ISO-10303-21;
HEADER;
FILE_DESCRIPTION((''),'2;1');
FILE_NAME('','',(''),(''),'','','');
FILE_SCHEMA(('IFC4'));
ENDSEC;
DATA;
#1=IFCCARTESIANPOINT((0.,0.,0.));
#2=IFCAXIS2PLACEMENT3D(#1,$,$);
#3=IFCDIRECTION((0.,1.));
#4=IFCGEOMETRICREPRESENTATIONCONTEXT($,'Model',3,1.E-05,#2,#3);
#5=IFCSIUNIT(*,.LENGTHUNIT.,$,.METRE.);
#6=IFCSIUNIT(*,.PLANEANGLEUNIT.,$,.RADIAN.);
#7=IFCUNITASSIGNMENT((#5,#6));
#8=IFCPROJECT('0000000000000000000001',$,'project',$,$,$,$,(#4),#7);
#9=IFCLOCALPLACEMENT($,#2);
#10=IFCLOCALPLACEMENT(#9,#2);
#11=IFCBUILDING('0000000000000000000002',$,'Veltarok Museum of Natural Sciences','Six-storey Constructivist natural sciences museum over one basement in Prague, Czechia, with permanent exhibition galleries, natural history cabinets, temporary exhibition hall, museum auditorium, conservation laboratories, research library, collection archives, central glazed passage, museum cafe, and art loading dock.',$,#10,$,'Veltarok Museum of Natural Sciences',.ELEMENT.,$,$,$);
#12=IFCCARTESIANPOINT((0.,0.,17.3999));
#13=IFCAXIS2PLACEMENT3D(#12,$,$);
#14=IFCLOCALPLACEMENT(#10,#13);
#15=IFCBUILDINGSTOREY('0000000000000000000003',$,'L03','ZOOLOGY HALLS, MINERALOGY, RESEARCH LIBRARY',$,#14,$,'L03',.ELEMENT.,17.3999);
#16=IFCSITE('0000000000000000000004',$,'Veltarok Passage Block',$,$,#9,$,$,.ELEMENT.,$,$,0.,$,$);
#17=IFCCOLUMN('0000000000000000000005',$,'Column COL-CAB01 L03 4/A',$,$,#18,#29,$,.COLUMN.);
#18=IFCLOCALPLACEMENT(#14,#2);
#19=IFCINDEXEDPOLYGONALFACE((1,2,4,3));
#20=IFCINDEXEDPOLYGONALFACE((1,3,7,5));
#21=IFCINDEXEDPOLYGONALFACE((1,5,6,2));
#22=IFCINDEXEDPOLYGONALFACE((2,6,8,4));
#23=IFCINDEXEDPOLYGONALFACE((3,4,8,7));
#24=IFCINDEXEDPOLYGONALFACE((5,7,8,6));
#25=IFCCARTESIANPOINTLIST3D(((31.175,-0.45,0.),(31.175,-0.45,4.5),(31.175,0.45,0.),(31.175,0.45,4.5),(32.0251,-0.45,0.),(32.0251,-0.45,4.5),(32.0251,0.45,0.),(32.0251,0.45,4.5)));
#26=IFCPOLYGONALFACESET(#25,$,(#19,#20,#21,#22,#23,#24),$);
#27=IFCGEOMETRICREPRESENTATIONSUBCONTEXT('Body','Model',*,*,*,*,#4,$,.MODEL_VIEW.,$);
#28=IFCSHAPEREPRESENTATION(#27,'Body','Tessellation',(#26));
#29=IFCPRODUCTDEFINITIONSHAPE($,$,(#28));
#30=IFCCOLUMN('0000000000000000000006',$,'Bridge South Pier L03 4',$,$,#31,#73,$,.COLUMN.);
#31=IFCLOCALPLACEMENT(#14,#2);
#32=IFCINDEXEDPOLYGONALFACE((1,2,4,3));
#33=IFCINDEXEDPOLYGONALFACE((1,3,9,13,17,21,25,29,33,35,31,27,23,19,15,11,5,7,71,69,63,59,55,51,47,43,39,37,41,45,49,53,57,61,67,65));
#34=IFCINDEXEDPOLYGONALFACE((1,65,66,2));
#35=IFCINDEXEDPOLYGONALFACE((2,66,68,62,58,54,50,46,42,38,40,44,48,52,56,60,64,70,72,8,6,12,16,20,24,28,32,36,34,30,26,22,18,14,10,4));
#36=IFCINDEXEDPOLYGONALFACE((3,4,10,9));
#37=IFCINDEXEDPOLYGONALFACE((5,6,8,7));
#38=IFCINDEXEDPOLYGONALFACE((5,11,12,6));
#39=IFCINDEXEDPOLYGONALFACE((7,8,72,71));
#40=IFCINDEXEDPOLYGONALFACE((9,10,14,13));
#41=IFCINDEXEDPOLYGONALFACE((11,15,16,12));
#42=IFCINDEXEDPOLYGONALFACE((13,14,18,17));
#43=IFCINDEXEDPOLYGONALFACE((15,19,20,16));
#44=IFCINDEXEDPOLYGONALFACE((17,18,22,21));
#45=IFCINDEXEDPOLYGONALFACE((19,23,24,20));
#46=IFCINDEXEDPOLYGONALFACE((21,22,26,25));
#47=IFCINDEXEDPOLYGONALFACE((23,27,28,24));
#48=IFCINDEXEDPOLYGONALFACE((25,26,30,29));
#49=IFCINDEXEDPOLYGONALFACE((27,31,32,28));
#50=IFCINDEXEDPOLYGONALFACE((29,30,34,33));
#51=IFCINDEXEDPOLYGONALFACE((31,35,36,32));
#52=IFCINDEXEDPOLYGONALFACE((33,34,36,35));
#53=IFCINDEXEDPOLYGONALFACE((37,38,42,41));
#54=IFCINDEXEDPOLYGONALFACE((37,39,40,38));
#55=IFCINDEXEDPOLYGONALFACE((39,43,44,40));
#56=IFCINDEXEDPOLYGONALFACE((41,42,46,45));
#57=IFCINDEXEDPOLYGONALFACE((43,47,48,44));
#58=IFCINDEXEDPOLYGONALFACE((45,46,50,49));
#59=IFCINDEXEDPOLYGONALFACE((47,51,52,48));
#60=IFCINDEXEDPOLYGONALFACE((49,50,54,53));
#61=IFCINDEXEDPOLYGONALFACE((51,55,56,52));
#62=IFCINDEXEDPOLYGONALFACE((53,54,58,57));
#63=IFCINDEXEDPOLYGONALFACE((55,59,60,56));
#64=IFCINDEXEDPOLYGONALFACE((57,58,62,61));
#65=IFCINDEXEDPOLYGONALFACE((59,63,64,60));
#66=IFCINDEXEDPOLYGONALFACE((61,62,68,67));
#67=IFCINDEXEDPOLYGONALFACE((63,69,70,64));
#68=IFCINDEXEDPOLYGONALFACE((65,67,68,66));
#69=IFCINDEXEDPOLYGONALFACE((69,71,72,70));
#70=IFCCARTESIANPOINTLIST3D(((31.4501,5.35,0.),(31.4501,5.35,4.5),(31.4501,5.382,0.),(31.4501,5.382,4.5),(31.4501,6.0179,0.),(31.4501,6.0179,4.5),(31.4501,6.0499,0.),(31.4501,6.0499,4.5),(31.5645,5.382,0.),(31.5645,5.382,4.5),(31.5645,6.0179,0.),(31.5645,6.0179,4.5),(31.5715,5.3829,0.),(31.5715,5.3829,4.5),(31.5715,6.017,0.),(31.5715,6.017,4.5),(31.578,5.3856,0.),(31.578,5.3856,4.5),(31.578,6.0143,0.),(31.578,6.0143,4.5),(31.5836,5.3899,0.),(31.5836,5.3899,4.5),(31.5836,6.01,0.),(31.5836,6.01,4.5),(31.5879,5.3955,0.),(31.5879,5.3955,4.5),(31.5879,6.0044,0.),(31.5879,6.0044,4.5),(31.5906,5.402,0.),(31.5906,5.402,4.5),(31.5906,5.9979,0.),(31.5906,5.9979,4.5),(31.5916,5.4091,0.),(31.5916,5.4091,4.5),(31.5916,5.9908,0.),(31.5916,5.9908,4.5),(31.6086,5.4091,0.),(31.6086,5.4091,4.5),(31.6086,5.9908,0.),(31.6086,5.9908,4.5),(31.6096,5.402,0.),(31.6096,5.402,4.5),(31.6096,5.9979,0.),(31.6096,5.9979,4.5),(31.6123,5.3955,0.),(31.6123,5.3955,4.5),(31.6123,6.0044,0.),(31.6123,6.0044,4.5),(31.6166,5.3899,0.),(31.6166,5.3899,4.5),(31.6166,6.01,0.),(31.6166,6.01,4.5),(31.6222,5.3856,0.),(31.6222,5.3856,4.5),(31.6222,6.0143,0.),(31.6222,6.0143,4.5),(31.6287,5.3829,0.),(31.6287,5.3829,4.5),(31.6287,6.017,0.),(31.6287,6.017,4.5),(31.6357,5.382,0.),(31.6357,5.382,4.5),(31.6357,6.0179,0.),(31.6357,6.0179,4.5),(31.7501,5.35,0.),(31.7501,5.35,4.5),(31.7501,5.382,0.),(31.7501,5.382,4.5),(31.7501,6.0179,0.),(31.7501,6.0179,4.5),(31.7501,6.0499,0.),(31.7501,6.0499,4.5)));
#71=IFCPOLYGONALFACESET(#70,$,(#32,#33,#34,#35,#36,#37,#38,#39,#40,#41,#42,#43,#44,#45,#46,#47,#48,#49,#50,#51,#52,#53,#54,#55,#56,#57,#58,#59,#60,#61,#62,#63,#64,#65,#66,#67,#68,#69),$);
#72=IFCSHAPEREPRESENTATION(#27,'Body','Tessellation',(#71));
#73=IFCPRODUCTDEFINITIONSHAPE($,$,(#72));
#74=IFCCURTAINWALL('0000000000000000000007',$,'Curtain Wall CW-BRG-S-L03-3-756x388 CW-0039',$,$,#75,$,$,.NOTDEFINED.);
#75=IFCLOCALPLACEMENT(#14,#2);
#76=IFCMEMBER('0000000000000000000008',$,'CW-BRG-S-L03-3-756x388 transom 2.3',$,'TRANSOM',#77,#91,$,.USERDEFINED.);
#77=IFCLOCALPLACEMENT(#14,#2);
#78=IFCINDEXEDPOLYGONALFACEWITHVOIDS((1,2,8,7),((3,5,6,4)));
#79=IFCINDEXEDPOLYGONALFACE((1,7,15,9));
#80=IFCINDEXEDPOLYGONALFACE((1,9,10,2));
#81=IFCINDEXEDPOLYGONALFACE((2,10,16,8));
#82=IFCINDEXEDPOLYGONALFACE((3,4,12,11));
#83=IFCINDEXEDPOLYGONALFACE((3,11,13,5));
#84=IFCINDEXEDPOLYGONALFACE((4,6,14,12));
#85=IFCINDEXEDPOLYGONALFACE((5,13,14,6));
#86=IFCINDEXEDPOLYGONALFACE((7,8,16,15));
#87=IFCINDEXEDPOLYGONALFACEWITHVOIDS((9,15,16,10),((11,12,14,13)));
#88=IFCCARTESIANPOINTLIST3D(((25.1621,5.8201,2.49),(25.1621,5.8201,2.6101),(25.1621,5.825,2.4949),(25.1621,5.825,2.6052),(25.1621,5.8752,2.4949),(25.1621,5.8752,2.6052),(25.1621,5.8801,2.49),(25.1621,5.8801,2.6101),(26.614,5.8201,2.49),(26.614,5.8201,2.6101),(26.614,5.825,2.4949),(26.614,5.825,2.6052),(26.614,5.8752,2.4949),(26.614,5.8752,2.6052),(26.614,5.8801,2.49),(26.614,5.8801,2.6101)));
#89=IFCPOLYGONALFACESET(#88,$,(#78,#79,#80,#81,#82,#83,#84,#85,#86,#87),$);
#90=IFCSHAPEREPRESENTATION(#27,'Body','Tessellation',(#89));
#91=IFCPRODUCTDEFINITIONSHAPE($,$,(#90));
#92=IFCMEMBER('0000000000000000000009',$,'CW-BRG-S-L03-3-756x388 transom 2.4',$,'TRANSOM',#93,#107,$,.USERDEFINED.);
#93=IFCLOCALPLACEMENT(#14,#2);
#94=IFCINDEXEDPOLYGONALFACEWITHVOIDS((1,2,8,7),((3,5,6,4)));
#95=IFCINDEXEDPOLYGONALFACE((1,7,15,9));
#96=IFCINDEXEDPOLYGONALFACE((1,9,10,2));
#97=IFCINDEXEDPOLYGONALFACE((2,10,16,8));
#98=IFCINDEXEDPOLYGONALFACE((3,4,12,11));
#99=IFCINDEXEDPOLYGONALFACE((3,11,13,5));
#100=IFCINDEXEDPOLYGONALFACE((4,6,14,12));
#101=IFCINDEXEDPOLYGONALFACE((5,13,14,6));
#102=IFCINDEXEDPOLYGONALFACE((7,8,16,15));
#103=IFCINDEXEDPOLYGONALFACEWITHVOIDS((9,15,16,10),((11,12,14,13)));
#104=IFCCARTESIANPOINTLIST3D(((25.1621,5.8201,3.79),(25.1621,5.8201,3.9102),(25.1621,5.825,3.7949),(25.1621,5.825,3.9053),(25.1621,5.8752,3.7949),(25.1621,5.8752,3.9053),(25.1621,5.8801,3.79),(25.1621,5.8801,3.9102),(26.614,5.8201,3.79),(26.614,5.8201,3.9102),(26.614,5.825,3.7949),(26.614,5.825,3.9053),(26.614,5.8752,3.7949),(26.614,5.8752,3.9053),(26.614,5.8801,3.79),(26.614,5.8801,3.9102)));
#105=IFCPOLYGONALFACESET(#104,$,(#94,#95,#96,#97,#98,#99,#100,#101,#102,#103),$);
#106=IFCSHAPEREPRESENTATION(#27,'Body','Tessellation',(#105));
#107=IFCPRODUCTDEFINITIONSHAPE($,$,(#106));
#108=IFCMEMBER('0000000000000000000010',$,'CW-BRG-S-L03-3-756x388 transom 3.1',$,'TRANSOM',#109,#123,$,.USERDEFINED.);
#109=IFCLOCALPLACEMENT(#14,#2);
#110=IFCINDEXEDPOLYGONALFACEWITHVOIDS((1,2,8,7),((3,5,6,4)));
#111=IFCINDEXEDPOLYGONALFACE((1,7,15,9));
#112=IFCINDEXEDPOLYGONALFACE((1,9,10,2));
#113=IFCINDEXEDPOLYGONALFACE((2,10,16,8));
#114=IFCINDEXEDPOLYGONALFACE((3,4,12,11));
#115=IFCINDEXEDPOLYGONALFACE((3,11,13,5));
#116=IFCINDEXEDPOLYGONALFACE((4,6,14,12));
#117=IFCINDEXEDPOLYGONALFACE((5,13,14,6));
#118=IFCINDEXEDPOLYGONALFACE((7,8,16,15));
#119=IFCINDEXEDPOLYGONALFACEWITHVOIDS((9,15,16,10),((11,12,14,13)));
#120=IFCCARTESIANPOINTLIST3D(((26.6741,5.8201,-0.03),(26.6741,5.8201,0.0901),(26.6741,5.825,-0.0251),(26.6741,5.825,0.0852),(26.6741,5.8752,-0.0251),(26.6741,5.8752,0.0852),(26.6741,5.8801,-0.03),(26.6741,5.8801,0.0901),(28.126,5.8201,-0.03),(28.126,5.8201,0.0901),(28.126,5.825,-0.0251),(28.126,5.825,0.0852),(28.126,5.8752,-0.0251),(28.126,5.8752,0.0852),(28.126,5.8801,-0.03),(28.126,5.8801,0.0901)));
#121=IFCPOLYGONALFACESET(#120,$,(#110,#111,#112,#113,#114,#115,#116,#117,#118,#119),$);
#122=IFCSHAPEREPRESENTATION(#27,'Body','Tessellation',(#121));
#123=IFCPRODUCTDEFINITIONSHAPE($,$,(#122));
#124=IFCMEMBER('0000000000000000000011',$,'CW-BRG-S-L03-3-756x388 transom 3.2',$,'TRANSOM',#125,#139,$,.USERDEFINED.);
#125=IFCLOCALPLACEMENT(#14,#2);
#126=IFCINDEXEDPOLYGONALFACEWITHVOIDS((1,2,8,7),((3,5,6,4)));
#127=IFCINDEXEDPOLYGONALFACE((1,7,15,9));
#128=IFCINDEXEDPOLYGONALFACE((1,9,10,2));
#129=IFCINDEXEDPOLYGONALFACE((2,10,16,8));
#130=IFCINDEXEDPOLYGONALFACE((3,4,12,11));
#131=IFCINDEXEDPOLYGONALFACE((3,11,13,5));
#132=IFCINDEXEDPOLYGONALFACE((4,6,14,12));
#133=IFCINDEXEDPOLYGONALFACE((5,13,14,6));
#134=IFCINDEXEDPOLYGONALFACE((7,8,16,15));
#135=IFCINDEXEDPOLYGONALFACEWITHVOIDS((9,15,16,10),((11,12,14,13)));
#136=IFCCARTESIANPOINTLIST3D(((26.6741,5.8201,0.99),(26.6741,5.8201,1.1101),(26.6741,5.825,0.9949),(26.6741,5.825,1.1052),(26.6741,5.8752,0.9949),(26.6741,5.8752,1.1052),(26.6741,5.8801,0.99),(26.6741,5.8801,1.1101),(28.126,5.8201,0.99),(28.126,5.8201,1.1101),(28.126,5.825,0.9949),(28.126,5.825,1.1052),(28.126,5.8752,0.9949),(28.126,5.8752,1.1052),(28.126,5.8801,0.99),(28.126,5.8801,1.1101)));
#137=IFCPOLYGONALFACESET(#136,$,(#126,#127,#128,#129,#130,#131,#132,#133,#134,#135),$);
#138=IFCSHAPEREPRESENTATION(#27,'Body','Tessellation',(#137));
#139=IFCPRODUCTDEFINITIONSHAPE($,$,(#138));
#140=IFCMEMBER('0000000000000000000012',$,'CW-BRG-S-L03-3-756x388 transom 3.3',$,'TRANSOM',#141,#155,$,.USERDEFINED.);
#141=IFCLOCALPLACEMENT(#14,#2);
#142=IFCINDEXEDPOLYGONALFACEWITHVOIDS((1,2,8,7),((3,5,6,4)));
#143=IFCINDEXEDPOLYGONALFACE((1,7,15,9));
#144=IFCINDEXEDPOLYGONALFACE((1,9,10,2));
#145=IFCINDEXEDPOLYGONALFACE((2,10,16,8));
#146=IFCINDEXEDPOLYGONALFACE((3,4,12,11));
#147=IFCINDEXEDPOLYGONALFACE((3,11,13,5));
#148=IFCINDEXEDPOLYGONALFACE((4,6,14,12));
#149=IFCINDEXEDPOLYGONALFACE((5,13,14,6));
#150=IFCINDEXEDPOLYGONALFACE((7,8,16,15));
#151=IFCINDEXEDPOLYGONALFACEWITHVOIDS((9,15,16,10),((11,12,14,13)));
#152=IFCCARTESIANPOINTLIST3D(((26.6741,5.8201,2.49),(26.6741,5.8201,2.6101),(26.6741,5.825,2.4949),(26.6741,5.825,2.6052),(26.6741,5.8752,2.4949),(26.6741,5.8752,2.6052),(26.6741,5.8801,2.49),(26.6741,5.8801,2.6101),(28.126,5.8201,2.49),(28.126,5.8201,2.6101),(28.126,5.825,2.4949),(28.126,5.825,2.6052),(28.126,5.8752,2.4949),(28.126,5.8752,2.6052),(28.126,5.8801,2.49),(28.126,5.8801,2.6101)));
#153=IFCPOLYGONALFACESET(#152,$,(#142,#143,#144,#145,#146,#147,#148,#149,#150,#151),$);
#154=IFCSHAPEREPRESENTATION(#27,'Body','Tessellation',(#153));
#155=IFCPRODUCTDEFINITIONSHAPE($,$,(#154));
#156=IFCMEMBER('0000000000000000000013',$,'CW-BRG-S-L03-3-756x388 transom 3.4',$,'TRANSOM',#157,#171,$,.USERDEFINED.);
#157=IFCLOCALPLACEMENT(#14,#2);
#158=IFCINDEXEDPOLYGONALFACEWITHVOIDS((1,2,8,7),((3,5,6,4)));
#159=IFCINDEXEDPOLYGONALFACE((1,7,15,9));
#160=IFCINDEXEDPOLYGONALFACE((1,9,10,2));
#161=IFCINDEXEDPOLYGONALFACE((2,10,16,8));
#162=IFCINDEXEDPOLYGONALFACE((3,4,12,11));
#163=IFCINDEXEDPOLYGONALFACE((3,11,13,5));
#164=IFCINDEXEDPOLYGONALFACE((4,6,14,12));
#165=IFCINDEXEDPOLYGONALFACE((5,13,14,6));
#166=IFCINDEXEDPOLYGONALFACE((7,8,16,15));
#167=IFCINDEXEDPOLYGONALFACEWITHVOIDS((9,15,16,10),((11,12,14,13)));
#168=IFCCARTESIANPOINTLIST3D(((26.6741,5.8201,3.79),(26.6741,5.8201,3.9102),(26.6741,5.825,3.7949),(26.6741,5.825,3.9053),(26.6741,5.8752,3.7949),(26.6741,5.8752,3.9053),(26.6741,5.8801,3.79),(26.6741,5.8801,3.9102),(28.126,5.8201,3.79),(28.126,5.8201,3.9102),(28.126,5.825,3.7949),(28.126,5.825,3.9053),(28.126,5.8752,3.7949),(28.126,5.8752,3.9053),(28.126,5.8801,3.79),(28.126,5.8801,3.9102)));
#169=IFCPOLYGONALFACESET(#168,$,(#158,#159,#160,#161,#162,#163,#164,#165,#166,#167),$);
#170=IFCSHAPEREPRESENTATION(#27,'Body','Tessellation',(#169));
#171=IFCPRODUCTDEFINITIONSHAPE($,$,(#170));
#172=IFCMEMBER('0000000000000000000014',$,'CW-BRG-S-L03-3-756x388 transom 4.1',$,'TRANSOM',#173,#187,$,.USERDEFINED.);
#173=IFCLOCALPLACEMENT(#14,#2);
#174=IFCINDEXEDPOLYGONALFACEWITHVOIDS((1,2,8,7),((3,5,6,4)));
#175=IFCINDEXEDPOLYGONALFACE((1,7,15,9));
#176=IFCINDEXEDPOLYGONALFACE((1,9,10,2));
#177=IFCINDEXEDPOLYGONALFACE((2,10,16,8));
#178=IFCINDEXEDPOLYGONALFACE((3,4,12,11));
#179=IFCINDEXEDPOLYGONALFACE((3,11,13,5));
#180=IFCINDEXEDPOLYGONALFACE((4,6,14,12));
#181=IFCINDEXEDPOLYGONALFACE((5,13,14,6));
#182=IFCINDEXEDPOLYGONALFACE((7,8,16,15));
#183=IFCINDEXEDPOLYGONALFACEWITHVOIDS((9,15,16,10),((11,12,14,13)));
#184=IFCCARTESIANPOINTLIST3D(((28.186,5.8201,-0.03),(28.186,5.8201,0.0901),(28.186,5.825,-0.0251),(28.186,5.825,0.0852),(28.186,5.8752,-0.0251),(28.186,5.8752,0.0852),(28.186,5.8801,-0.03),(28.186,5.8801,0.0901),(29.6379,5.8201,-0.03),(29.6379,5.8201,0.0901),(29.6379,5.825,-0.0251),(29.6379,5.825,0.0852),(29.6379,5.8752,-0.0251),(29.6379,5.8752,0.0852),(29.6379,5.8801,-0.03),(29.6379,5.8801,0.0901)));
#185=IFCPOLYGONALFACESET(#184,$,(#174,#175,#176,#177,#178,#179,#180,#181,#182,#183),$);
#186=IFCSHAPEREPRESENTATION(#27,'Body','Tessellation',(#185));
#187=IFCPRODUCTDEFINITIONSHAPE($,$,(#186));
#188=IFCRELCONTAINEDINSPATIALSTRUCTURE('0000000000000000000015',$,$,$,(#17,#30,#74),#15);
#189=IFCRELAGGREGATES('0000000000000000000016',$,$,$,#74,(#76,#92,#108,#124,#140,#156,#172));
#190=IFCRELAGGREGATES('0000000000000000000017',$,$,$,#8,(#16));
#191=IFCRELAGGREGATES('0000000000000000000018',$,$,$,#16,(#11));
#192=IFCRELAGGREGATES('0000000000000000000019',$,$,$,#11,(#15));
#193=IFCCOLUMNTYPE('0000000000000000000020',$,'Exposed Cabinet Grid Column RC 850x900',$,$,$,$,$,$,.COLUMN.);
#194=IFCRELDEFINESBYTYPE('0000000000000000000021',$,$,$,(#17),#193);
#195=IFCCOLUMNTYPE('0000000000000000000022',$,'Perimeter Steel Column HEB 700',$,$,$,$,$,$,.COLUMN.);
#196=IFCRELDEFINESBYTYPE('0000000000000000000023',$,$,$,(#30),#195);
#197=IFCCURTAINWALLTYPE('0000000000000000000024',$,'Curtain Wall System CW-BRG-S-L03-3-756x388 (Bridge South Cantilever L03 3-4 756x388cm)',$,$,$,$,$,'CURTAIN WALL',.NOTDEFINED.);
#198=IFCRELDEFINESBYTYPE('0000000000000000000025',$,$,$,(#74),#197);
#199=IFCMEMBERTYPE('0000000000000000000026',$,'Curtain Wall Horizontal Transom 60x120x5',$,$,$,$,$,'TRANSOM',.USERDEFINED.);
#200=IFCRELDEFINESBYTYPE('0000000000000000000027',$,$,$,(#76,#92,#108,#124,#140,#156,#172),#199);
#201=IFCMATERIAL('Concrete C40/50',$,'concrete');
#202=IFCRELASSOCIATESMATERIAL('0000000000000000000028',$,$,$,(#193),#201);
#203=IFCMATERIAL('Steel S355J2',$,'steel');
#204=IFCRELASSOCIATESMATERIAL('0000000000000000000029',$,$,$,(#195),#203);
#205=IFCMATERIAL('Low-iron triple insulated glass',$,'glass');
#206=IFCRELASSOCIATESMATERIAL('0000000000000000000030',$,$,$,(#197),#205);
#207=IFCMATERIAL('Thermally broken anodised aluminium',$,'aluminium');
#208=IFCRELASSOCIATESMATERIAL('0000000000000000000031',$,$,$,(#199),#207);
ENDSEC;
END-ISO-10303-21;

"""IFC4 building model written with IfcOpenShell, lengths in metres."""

from ifc_helpers import new_model, si_unit, direction, frame, origin, origin_2d, place, context, subcontext, project, spatial, rectangle, hollow_rectangle, i_section, extrude, material, material_profile, profile_set, type_object, element, aggregate, save


model = new_model("IFC4")

# Units and contexts
model_context = context("Model", 3, precision=1e-05, world=origin(), true_north=direction((0.0, 1.0)))
body_context = subcontext(model_context, "Body", "Model", "MODEL_VIEW")
ifc_project = project(units=[si_unit("LENGTHUNIT", "METRE"), si_unit("PLANEANGLEUNIT", "RADIAN")], contexts=[model_context])

# Site, building, storey
site_placement = place(None, origin())
site = spatial("IfcSite", under=ifc_project, at=site_placement, Name="Veltarok Passage Block", CompositionType="ELEMENT", RefElevation=0.0)
building_placement = place(site_placement, origin())
building = spatial("IfcBuilding", under=site, at=building_placement, Name="Veltarok Museum of Natural Sciences", Description="Six-storey Constructivist natural sciences museum over one basement in Prague, Czechia, with permanent exhibition galleries, natural history cabinets, temporary exhibition hall, museum auditorium, conservation laboratories, research library, collection archives, central glazed passage, museum cafe, and art loading dock.", LongName="Veltarok Museum of Natural Sciences", CompositionType="ELEMENT")
storey_placement = place(building_placement, frame((0.0, 0.0, 17.3999)))
storey = spatial("IfcBuildingStorey", under=building, at=storey_placement, Name="L03", Description="ZOOLOGY HALLS, MINERALOGY, RESEARCH LIBRARY", LongName="L03", CompositionType="ELEMENT", Elevation=17.3999)

# Columns
ifc_material_1 = material(Name="Concrete C40/50", Category="concrete")
ifc_material_profile_1 = material_profile(ifc_material_1, rectangle(XDim=0.8501, YDim=0.8999, at=origin_2d()), Name="RC 850x900")
ifc_profile_set_1 = profile_set([ifc_material_profile_1], Name="Concrete C40/50")
column_type_1 = type_object("IfcColumnType", Name="Exposed Cabinet Grid Column RC 850x900", PredefinedType="COLUMN", material=ifc_profile_set_1)
column_1_placement = place(storey_placement, frame((31.6001, 0.0, 0.0), z_axis=(0.0, 0.0, 1.0), x_axis=(1.0, 0.0, 0.0)))
element("IfcColumn", 1, at=column_1_placement, inside=storey, type_object=column_type_1, Name="Column COL-CAB01 L03 4/A", PredefinedType="COLUMN", context=body_context, shape_type="SweptSolid", body=[
    extrude(rectangle(XDim=0.8501, YDim=0.8999, at=origin_2d()), origin(), (0.0, 0.0, 1.0), 4.5),
])
ifc_material_2 = material(Name="Steel S355J2", Category="steel")
ifc_material_profile_2 = material_profile(ifc_material_2, i_section(OverallWidth=0.3, OverallDepth=0.7, WebThickness=0.0171, FlangeThickness=0.032, FilletRadius=0.0271, at=origin_2d()), Name="HEB 700")
ifc_profile_set_2 = profile_set([ifc_material_profile_2], Name="Steel S355J2")
column_type_2 = type_object("IfcColumnType", Name="Perimeter Steel Column HEB 700", PredefinedType="COLUMN", material=ifc_profile_set_2)
column_2_placement = place(storey_placement, frame((31.6001, 5.7, 0.0), z_axis=(0.0, 0.0, 1.0), x_axis=(1.0, 0.0, 0.0)))
element("IfcColumn", 2, at=column_2_placement, inside=storey, type_object=column_type_2, Name="Bridge South Pier L03 4", PredefinedType="COLUMN", context=body_context, shape_type="SweptSolid", body=[
    extrude(i_section(OverallWidth=0.3, OverallDepth=0.7, WebThickness=0.0171, FlangeThickness=0.032, FilletRadius=0.0271, at=origin_2d()), origin(), (0.0, 0.0, 1.0), 4.5),
])

# Curtain wall, members
ifc_material_3 = material(Name="Low-iron triple insulated glass", Category="glass")
curtain_wall_type = type_object("IfcCurtainWallType", Name="Curtain Wall System CW-BRG-S-L03-3-756x388 (Bridge South Cantilever L03 3-4 756x388cm)", ElementType="CURTAIN WALL", PredefinedType="NOTDEFINED", material=ifc_material_3)
curtain_wall_placement = place(storey_placement, origin())
curtain_wall = element("IfcCurtainWall", 3, at=curtain_wall_placement, inside=storey, type_object=curtain_wall_type, Name="Curtain Wall CW-BRG-S-L03-3-756x388 CW-0039", PredefinedType="NOTDEFINED")
ifc_material_4 = material(Name="Thermally broken anodised aluminium", Category="aluminium")
ifc_material_profile_3 = material_profile(ifc_material_4, hollow_rectangle(XDim=0.0601, YDim=0.1201, WallThickness=0.0049, at=origin_2d()), Name="CW TRANSOM 60x120x5")
ifc_profile_set_3 = profile_set([ifc_material_profile_3], Name="Thermally broken anodised aluminium")
member_type_1 = type_object("IfcMemberType", Name="Curtain Wall Horizontal Transom 60x120x5", ElementType="TRANSOM", PredefinedType="USERDEFINED", material=ifc_profile_set_3)
member_1_placement = place(storey_placement, frame((25.1621, 5.8501, 2.55), z_axis=(1.0, 0.0, 0.0), x_axis=(0.0, 1.0, 0.0)))
member_1 = element("IfcMember", 4, at=member_1_placement, type_object=member_type_1, Name="CW-BRG-S-L03-3-756x388 transom 2.3", ObjectType="TRANSOM", PredefinedType="USERDEFINED", context=body_context, shape_type="SweptSolid", body=[
    extrude(hollow_rectangle(XDim=0.0601, YDim=0.1201, WallThickness=0.0049, at=origin_2d()), origin(), (0.0, 0.0, 1.0), 1.4519),
])
member_2_placement = place(storey_placement, frame((25.1621, 5.8501, 3.8501), z_axis=(1.0, 0.0, 0.0), x_axis=(0.0, 1.0, 0.0)))
member_2 = element("IfcMember", 5, at=member_2_placement, type_object=member_type_1, Name="CW-BRG-S-L03-3-756x388 transom 2.4", ObjectType="TRANSOM", PredefinedType="USERDEFINED", context=body_context, shape_type="SweptSolid", body=[
    extrude(hollow_rectangle(XDim=0.0601, YDim=0.1201, WallThickness=0.0049, at=origin_2d()), origin(), (0.0, 0.0, 1.0), 1.4519),
])
member_3_placement = place(storey_placement, frame((26.6741, 5.8501, 0.03), z_axis=(1.0, 0.0, 0.0), x_axis=(0.0, 1.0, 0.0)))
member_3 = element("IfcMember", 6, at=member_3_placement, type_object=member_type_1, Name="CW-BRG-S-L03-3-756x388 transom 3.1", ObjectType="TRANSOM", PredefinedType="USERDEFINED", context=body_context, shape_type="SweptSolid", body=[
    extrude(hollow_rectangle(XDim=0.0601, YDim=0.1201, WallThickness=0.0049, at=origin_2d()), origin(), (0.0, 0.0, 1.0), 1.4519),
])
member_4_placement = place(storey_placement, frame((26.6741, 5.8501, 1.05), z_axis=(1.0, 0.0, 0.0), x_axis=(0.0, 1.0, 0.0)))
member_4 = element("IfcMember", 7, at=member_4_placement, type_object=member_type_1, Name="CW-BRG-S-L03-3-756x388 transom 3.2", ObjectType="TRANSOM", PredefinedType="USERDEFINED", context=body_context, shape_type="SweptSolid", body=[
    extrude(hollow_rectangle(XDim=0.0601, YDim=0.1201, WallThickness=0.0049, at=origin_2d()), origin(), (0.0, 0.0, 1.0), 1.4519),
])
member_5_placement = place(storey_placement, frame((26.6741, 5.8501, 2.55), z_axis=(1.0, 0.0, 0.0), x_axis=(0.0, 1.0, 0.0)))
member_5 = element("IfcMember", 8, at=member_5_placement, type_object=member_type_1, Name="CW-BRG-S-L03-3-756x388 transom 3.3", ObjectType="TRANSOM", PredefinedType="USERDEFINED", context=body_context, shape_type="SweptSolid", body=[
    extrude(hollow_rectangle(XDim=0.0601, YDim=0.1201, WallThickness=0.0049, at=origin_2d()), origin(), (0.0, 0.0, 1.0), 1.4519),
])
member_6_placement = place(storey_placement, frame((26.6741, 5.8501, 3.8501), z_axis=(1.0, 0.0, 0.0), x_axis=(0.0, 1.0, 0.0)))
member_6 = element("IfcMember", 9, at=member_6_placement, type_object=member_type_1, Name="CW-BRG-S-L03-3-756x388 transom 3.4", ObjectType="TRANSOM", PredefinedType="USERDEFINED", context=body_context, shape_type="SweptSolid", body=[
    extrude(hollow_rectangle(XDim=0.0601, YDim=0.1201, WallThickness=0.0049, at=origin_2d()), origin(), (0.0, 0.0, 1.0), 1.4519),
])
member_7_placement = place(storey_placement, frame((28.186, 5.8501, 0.03), z_axis=(1.0, 0.0, 0.0), x_axis=(0.0, 1.0, 0.0)))
member_7 = element("IfcMember", 10, at=member_7_placement, type_object=member_type_1, Name="CW-BRG-S-L03-3-756x388 transom 4.1", ObjectType="TRANSOM", PredefinedType="USERDEFINED", context=body_context, shape_type="SweptSolid", body=[
    extrude(hollow_rectangle(XDim=0.0601, YDim=0.1201, WallThickness=0.0049, at=origin_2d()), origin(), (0.0, 0.0, 1.0), 1.4519),
])

aggregate(curtain_wall, [member_1, member_2, member_3, member_4, member_5, member_6, member_7])

save(model, "model.ifc")
